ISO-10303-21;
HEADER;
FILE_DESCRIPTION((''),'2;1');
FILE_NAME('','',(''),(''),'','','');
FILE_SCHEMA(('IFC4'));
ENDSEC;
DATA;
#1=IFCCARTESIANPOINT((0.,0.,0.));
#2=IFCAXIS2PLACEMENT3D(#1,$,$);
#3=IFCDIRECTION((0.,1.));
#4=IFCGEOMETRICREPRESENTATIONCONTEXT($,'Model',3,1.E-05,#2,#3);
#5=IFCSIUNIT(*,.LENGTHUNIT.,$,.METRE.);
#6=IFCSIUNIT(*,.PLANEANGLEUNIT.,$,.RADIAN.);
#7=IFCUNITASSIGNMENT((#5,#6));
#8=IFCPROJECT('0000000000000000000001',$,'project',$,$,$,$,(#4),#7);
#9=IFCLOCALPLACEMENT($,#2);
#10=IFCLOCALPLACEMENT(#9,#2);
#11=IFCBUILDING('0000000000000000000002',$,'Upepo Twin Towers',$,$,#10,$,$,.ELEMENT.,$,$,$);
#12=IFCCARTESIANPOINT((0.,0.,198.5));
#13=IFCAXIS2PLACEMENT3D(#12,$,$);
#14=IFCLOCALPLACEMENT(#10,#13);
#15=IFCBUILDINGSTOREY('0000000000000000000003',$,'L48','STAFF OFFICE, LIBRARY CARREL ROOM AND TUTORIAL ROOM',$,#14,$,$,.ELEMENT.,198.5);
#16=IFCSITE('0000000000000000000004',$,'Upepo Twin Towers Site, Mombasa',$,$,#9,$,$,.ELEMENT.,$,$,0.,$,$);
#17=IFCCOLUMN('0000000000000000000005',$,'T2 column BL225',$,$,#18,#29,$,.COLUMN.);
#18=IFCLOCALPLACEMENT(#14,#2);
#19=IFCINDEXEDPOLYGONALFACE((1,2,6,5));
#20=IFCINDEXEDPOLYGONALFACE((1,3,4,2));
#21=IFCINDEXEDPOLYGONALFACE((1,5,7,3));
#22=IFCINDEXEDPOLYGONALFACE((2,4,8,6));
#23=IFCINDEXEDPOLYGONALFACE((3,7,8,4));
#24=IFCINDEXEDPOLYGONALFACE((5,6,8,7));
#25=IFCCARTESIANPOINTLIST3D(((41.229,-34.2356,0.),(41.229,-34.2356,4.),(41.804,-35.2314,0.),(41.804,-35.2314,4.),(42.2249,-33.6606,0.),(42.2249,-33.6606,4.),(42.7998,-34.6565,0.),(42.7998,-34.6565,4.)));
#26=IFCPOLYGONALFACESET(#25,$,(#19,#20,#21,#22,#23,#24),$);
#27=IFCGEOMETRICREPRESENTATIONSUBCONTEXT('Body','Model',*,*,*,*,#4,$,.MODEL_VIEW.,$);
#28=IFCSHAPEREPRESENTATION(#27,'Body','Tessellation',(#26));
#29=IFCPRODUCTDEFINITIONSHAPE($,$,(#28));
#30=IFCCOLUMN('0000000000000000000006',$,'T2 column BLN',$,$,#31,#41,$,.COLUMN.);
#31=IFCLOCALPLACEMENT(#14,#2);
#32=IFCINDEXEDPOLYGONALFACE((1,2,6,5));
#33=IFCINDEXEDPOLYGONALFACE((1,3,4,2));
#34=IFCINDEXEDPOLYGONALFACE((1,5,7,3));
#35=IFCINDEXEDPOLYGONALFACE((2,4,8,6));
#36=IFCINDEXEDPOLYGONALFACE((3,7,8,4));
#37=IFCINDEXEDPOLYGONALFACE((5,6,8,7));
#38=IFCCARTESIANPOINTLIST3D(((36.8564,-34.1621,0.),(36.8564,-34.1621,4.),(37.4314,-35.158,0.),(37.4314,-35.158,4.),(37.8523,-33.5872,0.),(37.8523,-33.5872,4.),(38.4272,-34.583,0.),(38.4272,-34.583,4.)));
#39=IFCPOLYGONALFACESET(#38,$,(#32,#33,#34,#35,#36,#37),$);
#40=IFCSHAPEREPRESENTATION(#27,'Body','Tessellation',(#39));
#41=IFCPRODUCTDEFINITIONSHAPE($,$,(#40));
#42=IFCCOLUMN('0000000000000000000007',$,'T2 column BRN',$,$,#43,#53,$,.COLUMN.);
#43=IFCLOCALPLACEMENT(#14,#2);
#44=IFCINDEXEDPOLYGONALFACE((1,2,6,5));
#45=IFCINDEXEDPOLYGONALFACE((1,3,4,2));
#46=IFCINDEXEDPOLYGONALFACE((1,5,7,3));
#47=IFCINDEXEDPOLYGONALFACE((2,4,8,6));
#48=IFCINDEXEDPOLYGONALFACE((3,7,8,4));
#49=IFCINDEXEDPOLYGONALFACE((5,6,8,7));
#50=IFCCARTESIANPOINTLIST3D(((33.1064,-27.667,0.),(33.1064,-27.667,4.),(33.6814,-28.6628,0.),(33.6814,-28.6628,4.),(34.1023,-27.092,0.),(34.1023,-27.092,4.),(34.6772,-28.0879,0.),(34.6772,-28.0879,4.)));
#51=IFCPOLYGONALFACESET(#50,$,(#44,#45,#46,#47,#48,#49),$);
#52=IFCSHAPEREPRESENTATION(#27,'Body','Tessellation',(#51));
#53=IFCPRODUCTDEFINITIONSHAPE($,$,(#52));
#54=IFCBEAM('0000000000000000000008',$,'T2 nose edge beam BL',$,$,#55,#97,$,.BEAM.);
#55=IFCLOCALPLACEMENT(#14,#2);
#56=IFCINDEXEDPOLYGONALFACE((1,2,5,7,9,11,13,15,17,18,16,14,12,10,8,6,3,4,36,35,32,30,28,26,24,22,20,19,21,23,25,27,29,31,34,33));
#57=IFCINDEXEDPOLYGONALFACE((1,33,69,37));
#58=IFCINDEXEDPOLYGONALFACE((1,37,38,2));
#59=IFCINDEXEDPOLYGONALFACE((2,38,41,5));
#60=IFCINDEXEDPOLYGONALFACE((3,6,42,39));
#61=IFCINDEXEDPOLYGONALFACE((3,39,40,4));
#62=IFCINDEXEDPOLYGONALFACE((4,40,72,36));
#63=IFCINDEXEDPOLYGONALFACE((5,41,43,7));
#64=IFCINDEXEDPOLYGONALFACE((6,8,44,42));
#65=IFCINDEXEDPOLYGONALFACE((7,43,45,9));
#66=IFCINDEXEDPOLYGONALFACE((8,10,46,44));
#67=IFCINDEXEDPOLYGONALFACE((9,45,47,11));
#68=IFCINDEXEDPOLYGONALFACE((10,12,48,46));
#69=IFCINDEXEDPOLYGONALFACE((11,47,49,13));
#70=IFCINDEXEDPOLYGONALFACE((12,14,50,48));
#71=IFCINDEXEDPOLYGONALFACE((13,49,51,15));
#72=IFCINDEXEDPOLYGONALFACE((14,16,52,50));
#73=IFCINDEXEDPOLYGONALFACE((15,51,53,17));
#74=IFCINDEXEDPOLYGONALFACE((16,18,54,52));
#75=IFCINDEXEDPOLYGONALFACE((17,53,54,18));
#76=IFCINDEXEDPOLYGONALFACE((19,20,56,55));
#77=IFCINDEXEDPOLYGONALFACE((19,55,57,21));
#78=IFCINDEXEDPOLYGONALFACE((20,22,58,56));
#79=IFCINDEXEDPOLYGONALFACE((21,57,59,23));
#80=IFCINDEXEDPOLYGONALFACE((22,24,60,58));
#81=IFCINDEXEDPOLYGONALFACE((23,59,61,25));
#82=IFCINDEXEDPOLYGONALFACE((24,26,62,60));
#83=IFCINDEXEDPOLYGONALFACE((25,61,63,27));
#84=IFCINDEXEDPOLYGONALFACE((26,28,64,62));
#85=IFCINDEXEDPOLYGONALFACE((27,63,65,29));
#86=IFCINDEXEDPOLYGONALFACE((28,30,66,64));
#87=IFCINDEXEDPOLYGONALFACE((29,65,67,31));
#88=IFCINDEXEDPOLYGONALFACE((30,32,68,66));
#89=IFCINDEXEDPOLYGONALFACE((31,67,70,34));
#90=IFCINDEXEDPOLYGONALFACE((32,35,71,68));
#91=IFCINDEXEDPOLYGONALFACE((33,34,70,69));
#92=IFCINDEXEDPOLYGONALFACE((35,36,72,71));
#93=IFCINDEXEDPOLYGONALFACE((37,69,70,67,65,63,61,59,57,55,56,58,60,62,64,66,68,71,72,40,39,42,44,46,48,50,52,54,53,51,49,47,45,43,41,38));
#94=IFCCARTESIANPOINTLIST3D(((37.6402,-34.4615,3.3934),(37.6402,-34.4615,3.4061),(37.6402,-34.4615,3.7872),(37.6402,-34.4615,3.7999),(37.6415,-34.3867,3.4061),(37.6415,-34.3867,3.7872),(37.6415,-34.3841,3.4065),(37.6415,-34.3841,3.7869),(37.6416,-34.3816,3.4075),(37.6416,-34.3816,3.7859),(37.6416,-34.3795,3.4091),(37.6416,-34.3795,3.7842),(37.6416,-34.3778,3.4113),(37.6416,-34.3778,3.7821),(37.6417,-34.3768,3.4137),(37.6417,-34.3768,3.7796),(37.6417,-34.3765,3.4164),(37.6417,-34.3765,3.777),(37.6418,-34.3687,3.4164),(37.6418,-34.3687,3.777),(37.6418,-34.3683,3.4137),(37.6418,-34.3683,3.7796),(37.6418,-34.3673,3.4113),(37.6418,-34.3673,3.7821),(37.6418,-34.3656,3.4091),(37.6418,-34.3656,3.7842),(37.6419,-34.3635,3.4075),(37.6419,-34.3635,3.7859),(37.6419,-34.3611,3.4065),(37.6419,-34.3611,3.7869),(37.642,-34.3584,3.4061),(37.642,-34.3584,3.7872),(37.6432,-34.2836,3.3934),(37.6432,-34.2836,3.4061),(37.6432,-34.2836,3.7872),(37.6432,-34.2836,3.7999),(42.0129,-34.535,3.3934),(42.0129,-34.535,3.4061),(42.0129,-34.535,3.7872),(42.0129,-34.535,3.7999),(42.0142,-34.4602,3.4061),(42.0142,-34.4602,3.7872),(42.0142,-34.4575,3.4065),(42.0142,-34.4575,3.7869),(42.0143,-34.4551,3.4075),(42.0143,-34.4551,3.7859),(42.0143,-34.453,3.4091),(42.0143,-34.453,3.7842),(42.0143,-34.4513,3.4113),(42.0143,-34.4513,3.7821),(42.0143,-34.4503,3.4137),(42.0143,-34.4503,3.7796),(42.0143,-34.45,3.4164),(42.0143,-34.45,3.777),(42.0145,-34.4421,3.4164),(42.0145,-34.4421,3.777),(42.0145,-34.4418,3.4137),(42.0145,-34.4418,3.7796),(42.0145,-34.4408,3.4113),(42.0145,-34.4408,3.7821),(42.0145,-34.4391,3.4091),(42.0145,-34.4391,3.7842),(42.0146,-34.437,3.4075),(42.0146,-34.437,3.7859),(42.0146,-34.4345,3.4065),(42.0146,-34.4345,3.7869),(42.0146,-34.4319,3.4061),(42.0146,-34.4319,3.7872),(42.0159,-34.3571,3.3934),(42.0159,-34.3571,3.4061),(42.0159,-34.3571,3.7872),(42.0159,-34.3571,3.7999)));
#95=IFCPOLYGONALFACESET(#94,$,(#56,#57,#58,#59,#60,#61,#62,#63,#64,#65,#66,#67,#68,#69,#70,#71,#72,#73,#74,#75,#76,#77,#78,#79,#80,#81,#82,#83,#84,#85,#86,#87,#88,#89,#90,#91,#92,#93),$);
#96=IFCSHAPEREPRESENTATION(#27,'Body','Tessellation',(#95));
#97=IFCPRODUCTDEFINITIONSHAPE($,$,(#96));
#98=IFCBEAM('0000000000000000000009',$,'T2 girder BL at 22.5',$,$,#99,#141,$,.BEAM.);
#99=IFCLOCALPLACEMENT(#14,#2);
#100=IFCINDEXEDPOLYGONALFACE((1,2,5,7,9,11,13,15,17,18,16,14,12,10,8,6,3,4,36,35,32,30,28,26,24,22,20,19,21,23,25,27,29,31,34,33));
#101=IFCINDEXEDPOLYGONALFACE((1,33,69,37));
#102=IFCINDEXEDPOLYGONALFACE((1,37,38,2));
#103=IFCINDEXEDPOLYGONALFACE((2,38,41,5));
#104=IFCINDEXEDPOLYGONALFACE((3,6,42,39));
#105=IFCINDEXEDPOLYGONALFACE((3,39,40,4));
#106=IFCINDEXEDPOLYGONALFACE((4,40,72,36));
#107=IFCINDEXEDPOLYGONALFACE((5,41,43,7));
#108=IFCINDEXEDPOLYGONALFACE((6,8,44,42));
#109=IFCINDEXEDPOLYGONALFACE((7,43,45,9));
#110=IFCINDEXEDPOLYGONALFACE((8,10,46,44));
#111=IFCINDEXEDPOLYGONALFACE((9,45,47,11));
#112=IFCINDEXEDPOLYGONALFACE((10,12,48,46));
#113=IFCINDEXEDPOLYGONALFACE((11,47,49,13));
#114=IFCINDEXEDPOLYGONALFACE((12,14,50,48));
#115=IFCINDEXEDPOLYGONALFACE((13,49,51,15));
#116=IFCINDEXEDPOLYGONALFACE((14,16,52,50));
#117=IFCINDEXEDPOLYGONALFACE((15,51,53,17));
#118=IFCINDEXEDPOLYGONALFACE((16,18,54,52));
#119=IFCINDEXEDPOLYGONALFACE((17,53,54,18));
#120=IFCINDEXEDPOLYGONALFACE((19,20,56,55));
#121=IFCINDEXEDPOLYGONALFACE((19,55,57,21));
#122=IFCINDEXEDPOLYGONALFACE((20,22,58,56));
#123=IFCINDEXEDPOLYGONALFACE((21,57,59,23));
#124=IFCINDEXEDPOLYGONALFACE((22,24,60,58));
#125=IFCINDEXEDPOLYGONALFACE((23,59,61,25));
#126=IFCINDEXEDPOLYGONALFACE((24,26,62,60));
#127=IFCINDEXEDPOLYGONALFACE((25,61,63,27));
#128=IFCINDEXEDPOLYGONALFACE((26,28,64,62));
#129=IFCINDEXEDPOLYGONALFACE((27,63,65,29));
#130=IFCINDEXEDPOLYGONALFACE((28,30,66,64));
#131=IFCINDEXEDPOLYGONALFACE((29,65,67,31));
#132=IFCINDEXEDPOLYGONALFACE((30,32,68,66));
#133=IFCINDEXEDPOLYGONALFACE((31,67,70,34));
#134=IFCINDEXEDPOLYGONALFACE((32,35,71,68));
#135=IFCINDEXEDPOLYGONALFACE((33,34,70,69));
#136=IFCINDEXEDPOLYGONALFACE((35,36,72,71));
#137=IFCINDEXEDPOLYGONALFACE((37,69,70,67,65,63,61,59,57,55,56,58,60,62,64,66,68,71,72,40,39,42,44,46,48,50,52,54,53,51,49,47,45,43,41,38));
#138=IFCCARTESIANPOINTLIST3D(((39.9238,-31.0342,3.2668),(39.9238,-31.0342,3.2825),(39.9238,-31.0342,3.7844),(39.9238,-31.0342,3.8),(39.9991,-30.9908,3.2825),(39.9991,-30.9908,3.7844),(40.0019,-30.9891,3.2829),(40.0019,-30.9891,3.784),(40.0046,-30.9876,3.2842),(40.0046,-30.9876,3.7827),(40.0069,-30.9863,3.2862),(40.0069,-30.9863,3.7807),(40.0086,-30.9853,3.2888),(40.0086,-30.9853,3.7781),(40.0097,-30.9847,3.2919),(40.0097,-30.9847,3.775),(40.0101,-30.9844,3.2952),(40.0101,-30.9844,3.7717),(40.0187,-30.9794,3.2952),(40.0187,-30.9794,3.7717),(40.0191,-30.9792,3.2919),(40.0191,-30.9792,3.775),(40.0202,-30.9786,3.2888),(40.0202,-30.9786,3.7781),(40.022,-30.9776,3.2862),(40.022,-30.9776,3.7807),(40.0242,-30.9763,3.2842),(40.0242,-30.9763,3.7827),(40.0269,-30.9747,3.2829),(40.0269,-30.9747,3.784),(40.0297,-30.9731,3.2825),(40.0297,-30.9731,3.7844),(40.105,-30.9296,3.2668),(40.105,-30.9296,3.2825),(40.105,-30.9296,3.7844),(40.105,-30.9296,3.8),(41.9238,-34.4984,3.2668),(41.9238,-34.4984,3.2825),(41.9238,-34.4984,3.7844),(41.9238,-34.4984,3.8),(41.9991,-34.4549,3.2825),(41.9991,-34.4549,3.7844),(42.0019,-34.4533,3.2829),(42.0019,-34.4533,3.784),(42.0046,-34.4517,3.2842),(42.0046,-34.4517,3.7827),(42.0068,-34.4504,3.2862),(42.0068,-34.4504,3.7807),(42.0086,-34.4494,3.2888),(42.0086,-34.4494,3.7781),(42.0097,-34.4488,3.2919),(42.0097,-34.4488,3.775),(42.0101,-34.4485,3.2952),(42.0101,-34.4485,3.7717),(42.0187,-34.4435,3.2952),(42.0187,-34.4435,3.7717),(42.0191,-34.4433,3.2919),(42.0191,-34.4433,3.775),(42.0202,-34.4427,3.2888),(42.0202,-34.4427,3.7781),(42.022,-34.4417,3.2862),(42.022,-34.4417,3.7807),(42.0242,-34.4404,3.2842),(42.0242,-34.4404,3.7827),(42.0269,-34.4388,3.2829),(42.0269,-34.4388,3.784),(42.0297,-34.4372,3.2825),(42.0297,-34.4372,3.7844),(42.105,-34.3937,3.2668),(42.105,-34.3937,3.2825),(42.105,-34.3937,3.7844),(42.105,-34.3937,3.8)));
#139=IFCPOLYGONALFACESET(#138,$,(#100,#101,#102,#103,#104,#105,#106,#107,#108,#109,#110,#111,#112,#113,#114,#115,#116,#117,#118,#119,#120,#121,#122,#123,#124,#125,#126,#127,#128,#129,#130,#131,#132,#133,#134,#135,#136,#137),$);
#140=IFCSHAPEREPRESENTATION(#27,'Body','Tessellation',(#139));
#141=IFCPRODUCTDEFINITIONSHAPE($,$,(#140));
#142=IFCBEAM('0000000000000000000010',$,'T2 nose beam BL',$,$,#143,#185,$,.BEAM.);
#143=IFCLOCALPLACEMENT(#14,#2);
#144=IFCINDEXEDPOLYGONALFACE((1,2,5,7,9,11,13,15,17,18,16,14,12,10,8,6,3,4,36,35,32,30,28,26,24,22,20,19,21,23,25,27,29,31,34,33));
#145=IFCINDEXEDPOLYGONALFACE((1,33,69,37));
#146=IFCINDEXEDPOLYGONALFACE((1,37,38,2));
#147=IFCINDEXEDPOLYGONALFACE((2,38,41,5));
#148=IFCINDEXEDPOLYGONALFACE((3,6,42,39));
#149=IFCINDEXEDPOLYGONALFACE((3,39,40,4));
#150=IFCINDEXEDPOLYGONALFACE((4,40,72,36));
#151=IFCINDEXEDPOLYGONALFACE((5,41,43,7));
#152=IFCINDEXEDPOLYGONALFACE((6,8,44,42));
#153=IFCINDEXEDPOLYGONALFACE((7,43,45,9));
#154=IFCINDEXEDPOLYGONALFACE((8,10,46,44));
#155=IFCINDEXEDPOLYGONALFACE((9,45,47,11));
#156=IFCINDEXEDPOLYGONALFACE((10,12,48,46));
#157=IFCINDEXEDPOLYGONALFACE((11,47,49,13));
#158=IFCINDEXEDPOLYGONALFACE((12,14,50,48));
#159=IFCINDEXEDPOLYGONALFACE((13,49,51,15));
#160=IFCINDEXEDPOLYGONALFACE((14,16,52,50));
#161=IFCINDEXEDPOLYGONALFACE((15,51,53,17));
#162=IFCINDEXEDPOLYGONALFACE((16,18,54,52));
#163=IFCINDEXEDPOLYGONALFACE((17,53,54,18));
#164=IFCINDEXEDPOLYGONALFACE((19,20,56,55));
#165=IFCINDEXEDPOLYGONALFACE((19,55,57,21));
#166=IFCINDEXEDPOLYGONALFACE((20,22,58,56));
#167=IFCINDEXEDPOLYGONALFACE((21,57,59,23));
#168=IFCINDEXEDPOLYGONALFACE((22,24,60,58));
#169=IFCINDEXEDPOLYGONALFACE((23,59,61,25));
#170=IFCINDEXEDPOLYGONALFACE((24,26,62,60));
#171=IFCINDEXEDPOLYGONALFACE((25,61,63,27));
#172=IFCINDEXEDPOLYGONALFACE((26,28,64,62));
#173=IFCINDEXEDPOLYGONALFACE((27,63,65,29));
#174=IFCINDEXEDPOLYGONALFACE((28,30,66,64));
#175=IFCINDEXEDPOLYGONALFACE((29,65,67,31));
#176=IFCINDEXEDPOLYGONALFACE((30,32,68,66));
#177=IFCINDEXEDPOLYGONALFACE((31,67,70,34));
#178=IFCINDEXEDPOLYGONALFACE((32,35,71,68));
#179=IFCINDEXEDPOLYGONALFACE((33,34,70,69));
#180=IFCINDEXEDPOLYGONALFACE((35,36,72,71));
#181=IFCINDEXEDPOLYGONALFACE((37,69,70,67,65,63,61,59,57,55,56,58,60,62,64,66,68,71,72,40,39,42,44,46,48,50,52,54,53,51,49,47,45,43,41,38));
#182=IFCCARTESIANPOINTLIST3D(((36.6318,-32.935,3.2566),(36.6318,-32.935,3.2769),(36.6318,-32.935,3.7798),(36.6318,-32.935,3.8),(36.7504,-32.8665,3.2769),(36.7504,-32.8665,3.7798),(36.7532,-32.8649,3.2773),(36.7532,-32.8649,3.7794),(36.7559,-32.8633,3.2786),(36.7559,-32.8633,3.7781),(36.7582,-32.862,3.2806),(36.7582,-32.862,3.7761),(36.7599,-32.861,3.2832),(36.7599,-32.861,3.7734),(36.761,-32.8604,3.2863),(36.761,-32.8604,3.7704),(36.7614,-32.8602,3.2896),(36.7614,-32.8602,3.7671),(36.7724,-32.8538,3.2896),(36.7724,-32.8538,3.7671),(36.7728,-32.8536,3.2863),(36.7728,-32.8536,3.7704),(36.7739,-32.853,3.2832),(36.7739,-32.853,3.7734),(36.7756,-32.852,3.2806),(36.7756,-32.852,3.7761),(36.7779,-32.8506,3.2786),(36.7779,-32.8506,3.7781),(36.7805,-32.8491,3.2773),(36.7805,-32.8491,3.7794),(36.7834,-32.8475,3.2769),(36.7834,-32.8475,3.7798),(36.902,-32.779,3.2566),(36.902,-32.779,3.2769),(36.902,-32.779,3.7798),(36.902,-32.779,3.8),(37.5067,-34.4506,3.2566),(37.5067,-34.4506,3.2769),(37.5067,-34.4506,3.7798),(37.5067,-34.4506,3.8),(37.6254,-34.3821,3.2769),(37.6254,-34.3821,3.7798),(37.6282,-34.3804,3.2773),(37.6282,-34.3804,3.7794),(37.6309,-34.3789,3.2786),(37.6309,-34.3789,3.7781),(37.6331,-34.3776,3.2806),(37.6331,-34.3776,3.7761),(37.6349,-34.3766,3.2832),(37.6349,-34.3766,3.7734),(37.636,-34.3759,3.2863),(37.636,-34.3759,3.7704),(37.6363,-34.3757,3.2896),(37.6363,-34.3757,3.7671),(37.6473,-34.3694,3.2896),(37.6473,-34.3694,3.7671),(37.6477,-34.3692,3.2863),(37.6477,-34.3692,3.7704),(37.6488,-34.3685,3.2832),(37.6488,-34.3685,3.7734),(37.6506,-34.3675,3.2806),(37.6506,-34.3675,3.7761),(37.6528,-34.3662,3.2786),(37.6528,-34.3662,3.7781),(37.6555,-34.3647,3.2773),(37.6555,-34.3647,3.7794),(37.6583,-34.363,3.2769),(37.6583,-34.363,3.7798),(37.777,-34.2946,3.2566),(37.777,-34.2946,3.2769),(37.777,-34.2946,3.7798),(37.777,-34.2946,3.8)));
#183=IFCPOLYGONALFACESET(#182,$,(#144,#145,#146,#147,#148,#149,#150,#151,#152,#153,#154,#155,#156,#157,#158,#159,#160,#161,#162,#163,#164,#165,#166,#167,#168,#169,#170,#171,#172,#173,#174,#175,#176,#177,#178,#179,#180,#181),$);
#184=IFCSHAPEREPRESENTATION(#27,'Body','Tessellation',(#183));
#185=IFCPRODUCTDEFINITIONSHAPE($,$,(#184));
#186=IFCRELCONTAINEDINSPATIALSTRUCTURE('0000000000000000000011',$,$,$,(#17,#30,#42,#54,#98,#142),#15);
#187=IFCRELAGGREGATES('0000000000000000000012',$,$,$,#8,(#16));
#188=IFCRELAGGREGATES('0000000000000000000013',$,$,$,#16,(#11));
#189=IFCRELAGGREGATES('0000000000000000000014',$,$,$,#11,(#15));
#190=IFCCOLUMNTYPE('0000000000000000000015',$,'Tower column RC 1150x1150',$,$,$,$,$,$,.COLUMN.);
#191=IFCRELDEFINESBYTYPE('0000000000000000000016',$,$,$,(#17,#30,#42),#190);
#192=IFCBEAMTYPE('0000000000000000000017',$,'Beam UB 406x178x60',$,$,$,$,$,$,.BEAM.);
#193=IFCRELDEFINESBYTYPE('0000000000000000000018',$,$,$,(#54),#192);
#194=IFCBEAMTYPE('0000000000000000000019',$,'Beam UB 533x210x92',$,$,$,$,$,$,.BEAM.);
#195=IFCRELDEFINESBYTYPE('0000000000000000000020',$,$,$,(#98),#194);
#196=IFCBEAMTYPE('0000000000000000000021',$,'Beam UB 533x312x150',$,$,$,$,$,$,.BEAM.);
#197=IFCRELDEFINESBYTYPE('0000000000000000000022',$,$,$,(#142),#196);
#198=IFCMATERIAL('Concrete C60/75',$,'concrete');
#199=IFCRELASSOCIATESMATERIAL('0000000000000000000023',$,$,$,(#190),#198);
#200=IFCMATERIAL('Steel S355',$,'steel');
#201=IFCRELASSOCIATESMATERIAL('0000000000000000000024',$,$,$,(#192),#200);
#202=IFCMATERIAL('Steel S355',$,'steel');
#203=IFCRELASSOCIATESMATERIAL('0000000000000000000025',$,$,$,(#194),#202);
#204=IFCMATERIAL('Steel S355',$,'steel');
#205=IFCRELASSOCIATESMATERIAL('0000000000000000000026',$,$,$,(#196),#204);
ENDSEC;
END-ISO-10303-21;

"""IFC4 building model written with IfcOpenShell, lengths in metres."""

from ifc_helpers import new_model, si_unit, direction, frame, origin, origin_2d, place, context, subcontext, project, spatial, rectangle, i_section, extrude, material, material_profile, profile_set, type_object, element, save


model = new_model("IFC4")

# Units and contexts
model_context = context("Model", 3, precision=1e-05, world=origin(), true_north=direction((0.0, 1.0)))
body_context = subcontext(model_context, "Body", "Model", "MODEL_VIEW")
ifc_project = project(units=[si_unit("LENGTHUNIT", "METRE"), si_unit("PLANEANGLEUNIT", "RADIAN")], contexts=[model_context])

# Site, building, storey
site_placement = place(None, origin())
site = spatial("IfcSite", under=ifc_project, at=site_placement, Name="Upepo Twin Towers Site, Mombasa", CompositionType="ELEMENT", RefElevation=0.0)
building_placement = place(site_placement, origin())
building = spatial("IfcBuilding", under=site, at=building_placement, Name="Upepo Twin Towers", CompositionType="ELEMENT")
storey_placement = place(building_placement, frame((0.0, 0.0, 198.5)))
storey = spatial("IfcBuildingStorey", under=building, at=storey_placement, Name="L48", Description="STAFF OFFICE, LIBRARY CARREL ROOM AND TUTORIAL ROOM", CompositionType="ELEMENT", Elevation=198.5)

# Columns
ifc_material_1 = material(Name="Concrete C60/75", Category="concrete")
ifc_material_profile_1 = material_profile(ifc_material_1, rectangle(XDim=1.1499, YDim=1.1499, at=origin_2d()), Name="RC 1150x1150")
ifc_profile_set_1 = profile_set([ifc_material_profile_1], Name="Concrete C60/75")
column_type = type_object("IfcColumnType", Name="Tower column RC 1150x1150", PredefinedType="COLUMN", material=ifc_profile_set_1)
for number, where, z_axis, x_axis, name in (
    (1, (42.0144, -34.446, 0.0), (0.0, 0.0, 1.0), (0.866025, 0.5, 0.0), "T2 column BL225"),
    (2, (37.6418, -34.3726, 0.0), (0.0, 0.0, 1.0), (0.866025, 0.5, 0.0), "T2 column BLN"),
    (3, (33.8918, -27.8774, 0.0), (0.0, 0.0, 1.0), (0.866025, 0.5, 0.0), "T2 column BRN"),
):
    element("IfcColumn", number, at=place(storey_placement, frame(where, z_axis=z_axis, x_axis=x_axis)), inside=storey, type_object=column_type, Name=name, PredefinedType="COLUMN", context=body_context, shape_type="SweptSolid", body=[
        extrude(rectangle(XDim=1.1499, YDim=1.1499, at=origin_2d()), origin(), (0.0, 0.0, 1.0), 4.0),
    ])

# Beams
ifc_material_2 = material(Name="Steel S355", Category="steel")
ifc_material_profile_2 = material_profile(ifc_material_2, i_section(OverallWidth=0.178, OverallDepth=0.4065, WebThickness=0.0078, FlangeThickness=0.0127, FilletRadius=0.0103, at=origin_2d()), Name="UB 406x178x60")
ifc_profile_set_2 = profile_set([ifc_material_profile_2], Name="Steel S355")
beam_type_1 = type_object("IfcBeamType", Name="Beam UB 406x178x60", PredefinedType="BEAM", material=ifc_profile_set_2)
beam_1_placement = place(storey_placement, frame((42.0144, -34.446, 3.5967), z_axis=(-0.999859, 0.016804, 0.0), x_axis=(-0.016804, -0.999859, 0.0)))
element("IfcBeam", 4, at=beam_1_placement, inside=storey, type_object=beam_type_1, Name="T2 nose edge beam BL", PredefinedType="BEAM", context=body_context, shape_type="SweptSolid", body=[
    extrude(i_section(OverallWidth=0.178, OverallDepth=0.4065, WebThickness=0.0078, FlangeThickness=0.0127, FilletRadius=0.0103, at=origin_2d()), origin(), (0.0, 0.0, 1.0), 4.3733),
])
ifc_material_3 = material(Name="Steel S355", Category="steel")
ifc_material_profile_3 = material_profile(ifc_material_3, i_section(OverallWidth=0.2092, OverallDepth=0.5332, WebThickness=0.01, FlangeThickness=0.0156, FilletRadius=0.0127, at=origin_2d()), Name="UB 533x210x92")
ifc_profile_set_3 = profile_set([ifc_material_profile_3], Name="Steel S355")
beam_type_2 = type_object("IfcBeamType", Name="Beam UB 533x210x92", PredefinedType="BEAM", material=ifc_profile_set_3)
beam_2_placement = place(storey_placement, frame((42.0144, -34.446, 3.5334), z_axis=(-0.499999, 0.866026, 0.0), x_axis=(-0.866026, -0.499999, 0.0)))
element("IfcBeam", 5, at=beam_2_placement, inside=storey, type_object=beam_type_2, Name="T2 girder BL at 22.5", PredefinedType="BEAM", context=body_context, shape_type="SweptSolid", body=[
    extrude(i_section(OverallWidth=0.2092, OverallDepth=0.5332, WebThickness=0.01, FlangeThickness=0.0156, FilletRadius=0.0127, at=origin_2d()), origin(), (0.0, 0.0, 1.0), 4.0),
])
ifc_material_4 = material(Name="Steel S355", Category="steel")
ifc_material_profile_4 = material_profile(ifc_material_4, i_section(OverallWidth=0.312, OverallDepth=0.5435, WebThickness=0.0127, FlangeThickness=0.0203, FilletRadius=0.0127, at=origin_2d()), Name="UB 533x312x150")
ifc_profile_set_4 = profile_set([ifc_material_profile_4], Name="Steel S355")
beam_type_3 = type_object("IfcBeamType", Name="Beam UB 533x312x150", PredefinedType="BEAM", material=ifc_profile_set_4)
for number, where, z_axis, x_axis, name in (
    (6, (37.6418, -34.3726, 3.5283), (-0.49998, 0.866037, 0.0), (-0.866037, -0.49998, 0.0), "T2 nose beam BL"),
):
    element("IfcBeam", number, at=place(storey_placement, frame(where, z_axis=z_axis, x_axis=x_axis)), inside=storey, type_object=beam_type_3, Name=name, PredefinedType="BEAM", context=body_context, shape_type="SweptSolid", body=[
        extrude(i_section(OverallWidth=0.312, OverallDepth=0.5435, WebThickness=0.0127, FlangeThickness=0.0203, FilletRadius=0.0127, at=origin_2d()), origin(), (0.0, 0.0, 1.0), 1.75),
    ])

save(model, "model.ifc")
